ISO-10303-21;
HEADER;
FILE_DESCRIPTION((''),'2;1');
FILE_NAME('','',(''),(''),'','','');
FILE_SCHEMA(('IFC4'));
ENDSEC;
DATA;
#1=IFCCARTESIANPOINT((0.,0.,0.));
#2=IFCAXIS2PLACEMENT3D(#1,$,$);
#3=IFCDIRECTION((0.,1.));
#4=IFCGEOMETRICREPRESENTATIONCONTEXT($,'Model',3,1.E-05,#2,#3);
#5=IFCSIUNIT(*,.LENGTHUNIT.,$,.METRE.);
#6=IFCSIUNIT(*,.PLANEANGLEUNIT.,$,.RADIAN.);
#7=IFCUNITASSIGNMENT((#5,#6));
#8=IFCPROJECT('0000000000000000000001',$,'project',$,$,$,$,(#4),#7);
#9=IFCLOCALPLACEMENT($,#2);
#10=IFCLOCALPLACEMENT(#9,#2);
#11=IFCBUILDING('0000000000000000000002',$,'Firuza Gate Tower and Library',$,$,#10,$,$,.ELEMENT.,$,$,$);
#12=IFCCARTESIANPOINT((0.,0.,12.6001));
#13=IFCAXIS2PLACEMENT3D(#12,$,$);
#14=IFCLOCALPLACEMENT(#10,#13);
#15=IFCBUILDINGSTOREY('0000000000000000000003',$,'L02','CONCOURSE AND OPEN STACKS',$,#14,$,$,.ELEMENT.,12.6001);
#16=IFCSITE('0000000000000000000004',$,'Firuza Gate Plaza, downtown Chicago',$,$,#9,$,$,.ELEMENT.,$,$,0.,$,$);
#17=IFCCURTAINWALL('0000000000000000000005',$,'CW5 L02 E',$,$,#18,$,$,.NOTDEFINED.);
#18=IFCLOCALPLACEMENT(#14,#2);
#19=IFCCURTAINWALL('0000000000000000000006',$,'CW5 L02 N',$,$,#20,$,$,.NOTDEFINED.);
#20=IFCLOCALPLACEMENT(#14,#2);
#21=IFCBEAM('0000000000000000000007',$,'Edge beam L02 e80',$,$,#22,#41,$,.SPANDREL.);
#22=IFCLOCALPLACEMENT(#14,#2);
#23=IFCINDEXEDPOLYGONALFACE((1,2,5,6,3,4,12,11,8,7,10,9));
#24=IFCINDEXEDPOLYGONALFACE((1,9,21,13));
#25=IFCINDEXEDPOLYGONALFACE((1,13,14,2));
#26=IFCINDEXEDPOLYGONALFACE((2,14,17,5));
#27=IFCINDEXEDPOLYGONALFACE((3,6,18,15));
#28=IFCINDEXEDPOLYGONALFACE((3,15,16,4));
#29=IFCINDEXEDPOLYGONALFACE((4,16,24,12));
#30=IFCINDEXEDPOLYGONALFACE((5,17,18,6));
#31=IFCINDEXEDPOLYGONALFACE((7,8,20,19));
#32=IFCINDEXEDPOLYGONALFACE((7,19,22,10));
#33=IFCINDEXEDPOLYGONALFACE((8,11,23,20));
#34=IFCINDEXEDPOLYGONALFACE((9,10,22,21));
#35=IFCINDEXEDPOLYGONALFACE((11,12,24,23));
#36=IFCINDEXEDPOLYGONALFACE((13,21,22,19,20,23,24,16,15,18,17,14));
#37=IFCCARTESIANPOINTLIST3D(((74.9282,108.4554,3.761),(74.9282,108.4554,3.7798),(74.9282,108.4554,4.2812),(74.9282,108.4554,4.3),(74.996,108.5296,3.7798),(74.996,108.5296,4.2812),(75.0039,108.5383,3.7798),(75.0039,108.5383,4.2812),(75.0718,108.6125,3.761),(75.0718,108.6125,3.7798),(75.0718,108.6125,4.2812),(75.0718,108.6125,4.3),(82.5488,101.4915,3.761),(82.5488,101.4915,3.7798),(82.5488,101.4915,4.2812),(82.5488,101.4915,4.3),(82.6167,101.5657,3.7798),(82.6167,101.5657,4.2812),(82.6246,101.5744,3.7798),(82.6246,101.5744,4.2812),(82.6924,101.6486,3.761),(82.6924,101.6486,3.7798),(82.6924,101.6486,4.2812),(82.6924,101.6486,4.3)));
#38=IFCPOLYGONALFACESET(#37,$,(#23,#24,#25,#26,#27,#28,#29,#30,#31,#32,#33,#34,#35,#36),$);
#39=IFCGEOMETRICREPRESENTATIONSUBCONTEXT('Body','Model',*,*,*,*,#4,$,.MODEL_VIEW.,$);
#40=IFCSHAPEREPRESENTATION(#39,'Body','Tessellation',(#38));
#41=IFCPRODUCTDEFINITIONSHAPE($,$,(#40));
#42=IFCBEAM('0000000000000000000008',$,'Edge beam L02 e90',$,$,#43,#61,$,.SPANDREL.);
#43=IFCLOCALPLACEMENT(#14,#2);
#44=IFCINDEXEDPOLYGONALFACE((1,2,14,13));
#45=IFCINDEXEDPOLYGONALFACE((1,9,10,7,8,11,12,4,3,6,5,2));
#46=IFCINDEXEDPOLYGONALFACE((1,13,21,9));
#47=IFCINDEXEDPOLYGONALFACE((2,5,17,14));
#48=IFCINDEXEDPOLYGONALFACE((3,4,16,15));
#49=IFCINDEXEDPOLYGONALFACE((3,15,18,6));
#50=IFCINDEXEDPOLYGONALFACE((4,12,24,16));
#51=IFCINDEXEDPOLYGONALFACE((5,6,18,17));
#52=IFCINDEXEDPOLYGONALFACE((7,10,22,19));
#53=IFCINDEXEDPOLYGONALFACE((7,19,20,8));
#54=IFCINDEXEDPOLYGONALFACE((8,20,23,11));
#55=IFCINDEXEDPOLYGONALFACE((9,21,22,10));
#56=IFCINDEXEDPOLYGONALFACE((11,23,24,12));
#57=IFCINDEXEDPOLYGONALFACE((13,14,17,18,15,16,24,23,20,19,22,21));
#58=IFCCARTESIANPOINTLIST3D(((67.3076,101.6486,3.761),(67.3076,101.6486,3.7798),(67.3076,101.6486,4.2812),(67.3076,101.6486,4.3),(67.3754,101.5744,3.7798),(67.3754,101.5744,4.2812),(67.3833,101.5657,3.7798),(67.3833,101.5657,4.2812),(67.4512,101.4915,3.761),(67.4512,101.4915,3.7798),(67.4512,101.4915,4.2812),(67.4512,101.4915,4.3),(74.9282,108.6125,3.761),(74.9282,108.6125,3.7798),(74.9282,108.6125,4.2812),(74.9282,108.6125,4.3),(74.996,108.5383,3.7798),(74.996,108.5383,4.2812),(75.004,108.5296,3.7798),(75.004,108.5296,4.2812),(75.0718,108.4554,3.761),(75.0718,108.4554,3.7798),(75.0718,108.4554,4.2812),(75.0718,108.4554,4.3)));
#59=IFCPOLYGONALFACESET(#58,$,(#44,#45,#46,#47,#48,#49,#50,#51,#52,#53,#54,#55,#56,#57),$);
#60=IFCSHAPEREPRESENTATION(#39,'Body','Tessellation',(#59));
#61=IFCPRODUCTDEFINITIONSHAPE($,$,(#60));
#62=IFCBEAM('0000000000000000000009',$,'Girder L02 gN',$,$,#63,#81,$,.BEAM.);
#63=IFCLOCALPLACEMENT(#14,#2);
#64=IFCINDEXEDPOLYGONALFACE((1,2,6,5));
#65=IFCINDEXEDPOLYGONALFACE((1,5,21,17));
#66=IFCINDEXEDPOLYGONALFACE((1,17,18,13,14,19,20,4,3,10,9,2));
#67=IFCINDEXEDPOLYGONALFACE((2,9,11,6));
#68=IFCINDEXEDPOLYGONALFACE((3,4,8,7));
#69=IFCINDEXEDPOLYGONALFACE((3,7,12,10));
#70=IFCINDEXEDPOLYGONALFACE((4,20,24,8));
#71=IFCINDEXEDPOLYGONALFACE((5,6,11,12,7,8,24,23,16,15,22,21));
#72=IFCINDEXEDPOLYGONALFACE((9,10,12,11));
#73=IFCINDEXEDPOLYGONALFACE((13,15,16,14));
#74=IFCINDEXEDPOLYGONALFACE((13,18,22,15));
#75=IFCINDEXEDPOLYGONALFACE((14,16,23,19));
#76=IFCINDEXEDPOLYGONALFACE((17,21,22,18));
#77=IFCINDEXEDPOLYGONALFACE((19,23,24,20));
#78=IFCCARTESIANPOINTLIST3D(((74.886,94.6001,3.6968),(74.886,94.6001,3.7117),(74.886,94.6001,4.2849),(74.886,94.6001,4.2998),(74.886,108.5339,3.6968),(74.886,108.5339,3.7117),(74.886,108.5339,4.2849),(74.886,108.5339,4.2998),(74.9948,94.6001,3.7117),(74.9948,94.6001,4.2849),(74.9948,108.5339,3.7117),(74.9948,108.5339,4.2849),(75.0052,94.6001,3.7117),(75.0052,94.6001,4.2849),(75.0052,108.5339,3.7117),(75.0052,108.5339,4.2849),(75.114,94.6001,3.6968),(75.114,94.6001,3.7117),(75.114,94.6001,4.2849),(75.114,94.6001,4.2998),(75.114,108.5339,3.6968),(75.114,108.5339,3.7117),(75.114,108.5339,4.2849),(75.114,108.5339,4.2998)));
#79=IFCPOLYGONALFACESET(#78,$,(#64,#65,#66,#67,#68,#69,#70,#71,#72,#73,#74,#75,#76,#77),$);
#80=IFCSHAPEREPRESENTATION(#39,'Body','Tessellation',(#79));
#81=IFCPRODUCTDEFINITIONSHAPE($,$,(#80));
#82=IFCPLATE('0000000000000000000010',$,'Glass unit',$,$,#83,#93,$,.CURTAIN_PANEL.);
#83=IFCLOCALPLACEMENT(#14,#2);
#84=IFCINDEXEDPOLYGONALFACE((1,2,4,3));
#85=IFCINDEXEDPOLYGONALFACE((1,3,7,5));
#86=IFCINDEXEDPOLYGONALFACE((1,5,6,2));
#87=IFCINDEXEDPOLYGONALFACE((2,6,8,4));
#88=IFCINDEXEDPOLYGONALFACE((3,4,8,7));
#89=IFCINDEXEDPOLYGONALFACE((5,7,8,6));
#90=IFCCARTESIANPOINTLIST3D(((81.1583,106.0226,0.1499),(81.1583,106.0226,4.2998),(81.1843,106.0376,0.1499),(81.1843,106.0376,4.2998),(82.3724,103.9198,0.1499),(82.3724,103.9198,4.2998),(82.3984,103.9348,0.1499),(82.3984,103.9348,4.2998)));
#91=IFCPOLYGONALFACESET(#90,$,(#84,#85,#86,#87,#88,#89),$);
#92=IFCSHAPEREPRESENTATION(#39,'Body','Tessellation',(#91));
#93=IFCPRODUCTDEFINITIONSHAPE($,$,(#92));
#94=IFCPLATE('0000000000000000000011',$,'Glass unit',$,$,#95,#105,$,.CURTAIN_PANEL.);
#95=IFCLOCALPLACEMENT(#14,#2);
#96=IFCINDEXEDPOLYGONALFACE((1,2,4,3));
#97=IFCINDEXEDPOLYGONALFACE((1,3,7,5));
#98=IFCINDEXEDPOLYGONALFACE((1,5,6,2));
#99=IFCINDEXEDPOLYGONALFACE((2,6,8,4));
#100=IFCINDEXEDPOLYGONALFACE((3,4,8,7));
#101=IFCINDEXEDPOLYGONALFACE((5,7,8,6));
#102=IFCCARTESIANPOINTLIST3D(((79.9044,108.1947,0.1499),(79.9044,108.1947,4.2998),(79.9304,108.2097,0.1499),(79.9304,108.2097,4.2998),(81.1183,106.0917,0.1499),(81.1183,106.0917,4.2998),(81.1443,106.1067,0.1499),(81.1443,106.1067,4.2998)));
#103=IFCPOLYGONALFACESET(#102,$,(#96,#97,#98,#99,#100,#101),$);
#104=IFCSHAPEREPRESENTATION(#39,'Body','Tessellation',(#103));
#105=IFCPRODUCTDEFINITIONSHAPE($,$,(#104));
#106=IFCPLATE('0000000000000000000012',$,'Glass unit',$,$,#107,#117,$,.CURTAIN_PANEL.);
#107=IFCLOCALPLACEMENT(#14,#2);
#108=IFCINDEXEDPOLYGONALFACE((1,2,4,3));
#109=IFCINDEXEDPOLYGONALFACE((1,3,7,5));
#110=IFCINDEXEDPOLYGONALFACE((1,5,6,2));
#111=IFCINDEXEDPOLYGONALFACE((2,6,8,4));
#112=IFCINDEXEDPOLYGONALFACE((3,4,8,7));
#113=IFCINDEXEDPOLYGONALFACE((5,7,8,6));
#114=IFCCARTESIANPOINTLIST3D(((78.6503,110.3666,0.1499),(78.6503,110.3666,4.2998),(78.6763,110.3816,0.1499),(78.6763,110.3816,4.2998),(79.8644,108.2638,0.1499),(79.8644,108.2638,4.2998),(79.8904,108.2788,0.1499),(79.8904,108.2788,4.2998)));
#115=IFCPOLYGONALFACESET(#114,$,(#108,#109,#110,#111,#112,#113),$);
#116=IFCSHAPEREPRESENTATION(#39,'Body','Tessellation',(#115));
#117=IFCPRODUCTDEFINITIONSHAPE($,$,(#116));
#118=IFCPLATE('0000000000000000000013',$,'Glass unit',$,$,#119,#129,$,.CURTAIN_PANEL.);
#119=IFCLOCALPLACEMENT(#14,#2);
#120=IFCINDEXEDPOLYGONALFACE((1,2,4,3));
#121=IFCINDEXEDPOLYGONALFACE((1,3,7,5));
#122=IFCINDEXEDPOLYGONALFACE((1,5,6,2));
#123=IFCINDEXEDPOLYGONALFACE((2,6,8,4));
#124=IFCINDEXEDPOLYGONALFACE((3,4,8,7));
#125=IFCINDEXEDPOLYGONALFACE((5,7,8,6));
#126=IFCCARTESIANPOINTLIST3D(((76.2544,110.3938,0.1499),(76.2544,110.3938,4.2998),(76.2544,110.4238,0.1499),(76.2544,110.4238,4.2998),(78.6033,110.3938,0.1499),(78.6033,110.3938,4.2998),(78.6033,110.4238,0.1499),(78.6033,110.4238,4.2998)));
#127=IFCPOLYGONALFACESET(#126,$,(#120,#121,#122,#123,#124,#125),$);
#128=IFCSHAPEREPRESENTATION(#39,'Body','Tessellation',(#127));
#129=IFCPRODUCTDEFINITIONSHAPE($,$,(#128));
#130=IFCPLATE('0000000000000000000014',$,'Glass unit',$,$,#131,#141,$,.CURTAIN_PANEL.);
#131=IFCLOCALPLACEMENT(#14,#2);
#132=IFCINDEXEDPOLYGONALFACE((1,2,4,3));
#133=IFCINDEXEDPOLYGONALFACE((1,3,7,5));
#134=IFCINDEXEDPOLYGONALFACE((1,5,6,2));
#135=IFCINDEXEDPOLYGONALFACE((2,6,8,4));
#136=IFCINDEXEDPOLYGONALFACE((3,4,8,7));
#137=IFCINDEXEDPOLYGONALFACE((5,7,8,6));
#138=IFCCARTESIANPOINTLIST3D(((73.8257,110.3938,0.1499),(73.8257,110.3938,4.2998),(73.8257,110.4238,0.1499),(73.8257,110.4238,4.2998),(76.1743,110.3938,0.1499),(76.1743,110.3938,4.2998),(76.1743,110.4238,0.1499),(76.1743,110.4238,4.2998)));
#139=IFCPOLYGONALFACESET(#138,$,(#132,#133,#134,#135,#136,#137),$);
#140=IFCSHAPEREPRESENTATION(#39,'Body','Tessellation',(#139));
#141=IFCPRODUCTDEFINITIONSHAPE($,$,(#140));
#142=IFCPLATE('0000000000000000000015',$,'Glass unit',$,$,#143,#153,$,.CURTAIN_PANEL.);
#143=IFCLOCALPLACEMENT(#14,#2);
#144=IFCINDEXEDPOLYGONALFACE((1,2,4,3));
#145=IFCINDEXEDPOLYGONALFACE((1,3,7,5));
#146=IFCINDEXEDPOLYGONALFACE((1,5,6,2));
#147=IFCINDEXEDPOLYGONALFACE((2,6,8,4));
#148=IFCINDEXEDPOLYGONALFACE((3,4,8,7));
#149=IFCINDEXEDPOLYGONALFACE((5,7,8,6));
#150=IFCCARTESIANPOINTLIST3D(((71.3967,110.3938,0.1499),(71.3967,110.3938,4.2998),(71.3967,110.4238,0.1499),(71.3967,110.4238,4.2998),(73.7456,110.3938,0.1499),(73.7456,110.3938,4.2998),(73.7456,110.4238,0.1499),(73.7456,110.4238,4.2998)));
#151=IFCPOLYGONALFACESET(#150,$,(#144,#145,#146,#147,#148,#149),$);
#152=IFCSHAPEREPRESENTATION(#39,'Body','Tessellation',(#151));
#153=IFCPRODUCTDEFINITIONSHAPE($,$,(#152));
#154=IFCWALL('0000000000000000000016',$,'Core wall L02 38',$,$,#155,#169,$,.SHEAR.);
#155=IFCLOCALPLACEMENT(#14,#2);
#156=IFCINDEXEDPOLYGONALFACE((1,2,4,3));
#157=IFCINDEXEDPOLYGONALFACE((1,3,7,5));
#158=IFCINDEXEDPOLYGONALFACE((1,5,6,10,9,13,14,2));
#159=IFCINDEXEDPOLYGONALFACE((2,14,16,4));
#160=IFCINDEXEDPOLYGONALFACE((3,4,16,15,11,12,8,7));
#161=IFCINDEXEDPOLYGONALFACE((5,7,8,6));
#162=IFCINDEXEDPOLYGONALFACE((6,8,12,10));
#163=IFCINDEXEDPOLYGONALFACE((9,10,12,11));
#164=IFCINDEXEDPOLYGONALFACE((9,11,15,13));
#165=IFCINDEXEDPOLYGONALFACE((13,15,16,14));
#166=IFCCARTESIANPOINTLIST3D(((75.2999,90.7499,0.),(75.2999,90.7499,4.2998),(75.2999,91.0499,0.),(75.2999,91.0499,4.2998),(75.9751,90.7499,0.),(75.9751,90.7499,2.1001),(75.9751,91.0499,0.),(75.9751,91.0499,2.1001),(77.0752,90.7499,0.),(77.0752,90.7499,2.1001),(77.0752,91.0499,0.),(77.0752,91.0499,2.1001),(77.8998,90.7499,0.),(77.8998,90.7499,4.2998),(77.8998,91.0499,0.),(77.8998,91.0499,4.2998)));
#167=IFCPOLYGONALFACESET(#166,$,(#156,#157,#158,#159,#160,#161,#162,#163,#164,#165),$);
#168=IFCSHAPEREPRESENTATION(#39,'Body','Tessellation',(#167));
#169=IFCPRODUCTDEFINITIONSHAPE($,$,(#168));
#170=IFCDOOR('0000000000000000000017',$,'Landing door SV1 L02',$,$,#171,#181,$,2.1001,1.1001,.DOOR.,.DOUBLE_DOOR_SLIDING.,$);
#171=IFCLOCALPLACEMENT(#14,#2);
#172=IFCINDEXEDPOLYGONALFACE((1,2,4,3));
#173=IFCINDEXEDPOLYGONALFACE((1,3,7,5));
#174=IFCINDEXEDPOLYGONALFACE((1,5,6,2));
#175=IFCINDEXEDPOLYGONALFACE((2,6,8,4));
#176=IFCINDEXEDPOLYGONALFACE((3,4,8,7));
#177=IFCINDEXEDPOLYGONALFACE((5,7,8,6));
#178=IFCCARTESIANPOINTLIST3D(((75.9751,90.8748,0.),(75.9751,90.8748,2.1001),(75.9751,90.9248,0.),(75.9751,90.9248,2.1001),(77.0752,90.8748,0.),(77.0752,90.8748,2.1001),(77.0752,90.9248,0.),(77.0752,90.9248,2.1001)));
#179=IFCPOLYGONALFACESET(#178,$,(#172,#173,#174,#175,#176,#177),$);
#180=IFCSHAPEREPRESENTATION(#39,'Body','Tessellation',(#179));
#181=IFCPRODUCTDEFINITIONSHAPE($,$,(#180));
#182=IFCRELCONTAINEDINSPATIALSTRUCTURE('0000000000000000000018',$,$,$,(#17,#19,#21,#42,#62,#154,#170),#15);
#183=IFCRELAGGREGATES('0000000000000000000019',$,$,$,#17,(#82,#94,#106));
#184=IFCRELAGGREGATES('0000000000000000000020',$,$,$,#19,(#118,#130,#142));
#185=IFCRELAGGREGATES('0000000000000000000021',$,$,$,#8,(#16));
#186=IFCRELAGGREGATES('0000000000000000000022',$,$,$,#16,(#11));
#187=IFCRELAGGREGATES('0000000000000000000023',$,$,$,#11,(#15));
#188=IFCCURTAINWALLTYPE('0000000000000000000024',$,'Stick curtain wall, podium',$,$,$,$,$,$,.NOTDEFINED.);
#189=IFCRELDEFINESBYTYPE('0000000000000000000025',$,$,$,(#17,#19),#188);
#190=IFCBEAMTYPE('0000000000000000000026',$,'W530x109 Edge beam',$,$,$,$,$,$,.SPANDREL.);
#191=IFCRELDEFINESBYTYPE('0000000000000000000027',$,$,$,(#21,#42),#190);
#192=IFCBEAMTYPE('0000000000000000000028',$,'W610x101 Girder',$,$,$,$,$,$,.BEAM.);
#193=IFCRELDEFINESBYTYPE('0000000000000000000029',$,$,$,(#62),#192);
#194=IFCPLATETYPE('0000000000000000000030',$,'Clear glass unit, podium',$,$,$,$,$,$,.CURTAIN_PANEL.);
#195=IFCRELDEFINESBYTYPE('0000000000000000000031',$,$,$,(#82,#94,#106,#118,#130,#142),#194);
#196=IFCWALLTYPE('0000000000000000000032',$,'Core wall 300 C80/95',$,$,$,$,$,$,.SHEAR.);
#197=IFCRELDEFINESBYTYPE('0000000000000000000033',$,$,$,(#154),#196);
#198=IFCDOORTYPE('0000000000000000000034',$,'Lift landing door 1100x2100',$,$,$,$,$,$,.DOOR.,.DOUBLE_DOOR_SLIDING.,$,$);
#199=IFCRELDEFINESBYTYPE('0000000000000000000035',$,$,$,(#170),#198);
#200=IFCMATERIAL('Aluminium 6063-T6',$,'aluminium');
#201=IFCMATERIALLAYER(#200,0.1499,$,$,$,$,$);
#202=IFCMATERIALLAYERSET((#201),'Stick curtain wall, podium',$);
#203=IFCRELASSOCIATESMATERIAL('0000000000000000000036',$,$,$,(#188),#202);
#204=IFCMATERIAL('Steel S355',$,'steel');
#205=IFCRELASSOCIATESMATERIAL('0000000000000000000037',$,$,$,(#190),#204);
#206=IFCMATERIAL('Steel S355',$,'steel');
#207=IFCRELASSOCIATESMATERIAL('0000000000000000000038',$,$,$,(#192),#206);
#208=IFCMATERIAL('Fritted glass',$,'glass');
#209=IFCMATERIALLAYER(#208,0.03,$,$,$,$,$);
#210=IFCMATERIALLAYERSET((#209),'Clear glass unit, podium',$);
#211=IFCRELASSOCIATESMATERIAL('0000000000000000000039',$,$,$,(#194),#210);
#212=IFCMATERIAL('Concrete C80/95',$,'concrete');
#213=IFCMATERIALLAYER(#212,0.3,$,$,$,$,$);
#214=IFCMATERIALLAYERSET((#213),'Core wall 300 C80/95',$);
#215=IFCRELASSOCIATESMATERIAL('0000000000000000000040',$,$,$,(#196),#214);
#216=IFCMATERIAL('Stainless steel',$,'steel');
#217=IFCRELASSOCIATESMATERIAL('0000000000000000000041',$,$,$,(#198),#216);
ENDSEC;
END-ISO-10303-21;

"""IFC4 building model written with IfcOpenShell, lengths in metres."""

from ifc_helpers import new_model, si_unit, direction, frame, frame_2d, origin, origin_2d, place, context, subcontext, project, spatial, polyline, rectangle, i_section, outline, extrude, material, layer, layer_set, material_profile, profile_set, type_object, element, fill, aggregate, save


model = new_model("IFC4")

# Units and contexts
model_context = context("Model", 3, precision=1e-05, world=origin(), true_north=direction((0.0, 1.0)))
body_context = subcontext(model_context, "Body", "Model", "MODEL_VIEW")
ifc_project = project(units=[si_unit("LENGTHUNIT", "METRE"), si_unit("PLANEANGLEUNIT", "RADIAN")], contexts=[model_context])

# Site, building, storey
site_placement = place(None, origin())
site = spatial("IfcSite", under=ifc_project, at=site_placement, Name="Firuza Gate Plaza, downtown Chicago", CompositionType="ELEMENT", RefElevation=0.0)
building_placement = place(site_placement, origin())
building = spatial("IfcBuilding", under=site, at=building_placement, Name="Firuza Gate Tower and Library", CompositionType="ELEMENT")
storey_placement = place(building_placement, frame((0.0, 0.0, 12.6001)))
storey = spatial("IfcBuildingStorey", under=building, at=storey_placement, Name="L02", Description="CONCOURSE AND OPEN STACKS", CompositionType="ELEMENT", Elevation=12.6001)

# Curtain walls
ifc_material_1 = material(Name="Aluminium 6063-T6", Category="aluminium")
ifc_layer_1 = layer(ifc_material_1, 0.1499)
ifc_layer_set_1 = layer_set([ifc_layer_1], Name="Stick curtain wall, podium")
curtain_wall_type = type_object("IfcCurtainWallType", Name="Stick curtain wall, podium", PredefinedType="NOTDEFINED", material=ifc_layer_set_1)
placement = place(storey_placement, origin())
curtain_wall_1 = element("IfcCurtainWall", 1, at=placement, inside=storey, type_object=curtain_wall_type, Name="CW5 L02 E", PredefinedType="NOTDEFINED")
curtain_wall_2 = element("IfcCurtainWall", 2, at=placement, inside=storey, type_object=curtain_wall_type, Name="CW5 L02 N", PredefinedType="NOTDEFINED")

# Beams
ifc_material_2 = material(Name="Steel S355", Category="steel")
ifc_material_profile_1 = material_profile(ifc_material_2, i_section(OverallWidth=0.2129, OverallDepth=0.5391, WebThickness=0.0117, FlangeThickness=0.0188, at=origin_2d()))
ifc_profile_set_1 = profile_set([ifc_material_profile_1], Name="Steel S355")
beam_type_1 = type_object("IfcBeamType", Name="W530x109 Edge beam", PredefinedType="SPANDREL", material=ifc_profile_set_1)
for number, where, z_axis, x_axis, name in (
    (3, (82.6206, 101.5701, 4.0305), (-0.7382, 0.674582, 0.0), (-0.674582, -0.7382, 0.0), "Edge beam L02 e80"),
    (4, (75.0, 108.5339, 4.0305), (-0.7382, -0.674582, 0.0), (0.674582, -0.7382, 0.0), "Edge beam L02 e90"),
):
    element("IfcBeam", number, at=place(storey_placement, frame(where, z_axis=z_axis, x_axis=x_axis)), inside=storey, type_object=beam_type_1, Name=name, PredefinedType="SPANDREL", context=body_context, shape_type="SweptSolid", body=[
        extrude(i_section(OverallWidth=0.2129, OverallDepth=0.5391, WebThickness=0.0117, FlangeThickness=0.0188, at=origin_2d()), origin(), (0.0, 0.0, 1.0), 10.3232),
    ])
ifc_material_3 = material(Name="Steel S355", Category="steel")
ifc_material_profile_2 = material_profile(ifc_material_3, i_section(OverallWidth=0.228, OverallDepth=0.603, WebThickness=0.0105, FlangeThickness=0.0149, at=origin_2d()))
ifc_profile_set_2 = profile_set([ifc_material_profile_2], Name="Steel S355")
beam_type_2 = type_object("IfcBeamType", Name="W610x101 Girder", PredefinedType="BEAM", material=ifc_profile_set_2)
beam_1_placement = place(storey_placement, frame((75.0, 108.5339, 3.9983), z_axis=(0.0, -1.0, 0.0), x_axis=(1.0, 0.0, 0.0)))
element("IfcBeam", 5, at=beam_1_placement, inside=storey, type_object=beam_type_2, Name="Girder L02 gN", PredefinedType="BEAM", context=body_context, shape_type="SweptSolid", body=[
    extrude(i_section(OverallWidth=0.228, OverallDepth=0.603, WebThickness=0.0105, FlangeThickness=0.0149, at=origin_2d()), origin(), (0.0, 0.0, 1.0), 13.9338),
])

# Plates
ifc_material_4 = material(Name="Fritted glass", Category="glass")
ifc_layer_2 = layer(ifc_material_4, 0.03)
ifc_layer_set_2 = layer_set([ifc_layer_2], Name="Clear glass unit, podium")
plate_type = type_object("IfcPlateType", Name="Clear glass unit, podium", PredefinedType="CURTAIN_PANEL", material=ifc_layer_set_2)
plate_1_placement = place(storey_placement, frame((82.3984, 103.9348, 0.1499), z_axis=(0.866013, 0.500021, 0.0), x_axis=(-0.500021, 0.866013, 0.0)))
plate_1 = element("IfcPlate", 6, at=plate_1_placement, type_object=plate_type, Name="Glass unit", PredefinedType="CURTAIN_PANEL", context=body_context, shape_type="SweptSolid", body=[
    extrude(outline(polyline([(0.0, 0.0), (2.4281, 0.0), (2.4281, 4.1499), (0.0, 4.1499), (0.0, 0.0)])), origin(), (0.0, 0.0, -1.0), 0.03),
])
plate_2_placement = place(storey_placement, frame((81.1443, 106.1067, 0.1499), z_axis=(0.866082, 0.499902, 0.0), x_axis=(-0.499902, 0.866082, 0.0)))
plate_2 = element("IfcPlate", 7, at=plate_2_placement, type_object=plate_type, Name="Glass unit", PredefinedType="CURTAIN_PANEL", context=body_context, shape_type="SweptSolid", body=[
    extrude(outline(polyline([(0.0, 0.0), (2.4282, 0.0), (2.4282, 4.1499), (0.0, 4.1499), (0.0, 0.0)])), origin(), (0.0, 0.0, -1.0), 0.03),
])
plate_3_placement = place(storey_placement, frame((79.8904, 108.2788, 0.1499), z_axis=(0.866013, 0.500021, 0.0), x_axis=(-0.500021, 0.866013, 0.0)))
plate_3 = element("IfcPlate", 8, at=plate_3_placement, type_object=plate_type, Name="Glass unit", PredefinedType="CURTAIN_PANEL", context=body_context, shape_type="SweptSolid", body=[
    extrude(outline(polyline([(0.0, 0.0), (2.4281, 0.0), (2.4281, 4.1499), (0.0, 4.1499), (0.0, 0.0)])), origin(), (0.0, 0.0, -1.0), 0.03),
])
aggregate(curtain_wall_1, [plate_1, plate_2, plate_3])
plate_4_placement = place(storey_placement, frame((78.6033, 110.4238, 0.1499), z_axis=(0.0, 1.0, 0.0), x_axis=(-1.0, 0.0, 0.0)))
plate_4 = element("IfcPlate", 9, at=plate_4_placement, type_object=plate_type, Name="Glass unit", PredefinedType="CURTAIN_PANEL", context=body_context, shape_type="SweptSolid", body=[
    extrude(outline(polyline([(0.0, 0.0), (2.3489, 0.0), (2.3489, 4.1499), (0.0, 4.1499), (0.0, 0.0)])), origin(), (0.0, 0.0, -1.0), 0.03),
])
plate_5_placement = place(storey_placement, frame((76.1743, 110.4238, 0.1499), z_axis=(0.0, 1.0, 0.0), x_axis=(-1.0, 0.0, 0.0)))
plate_5 = element("IfcPlate", 10, at=plate_5_placement, type_object=plate_type, Name="Glass unit", PredefinedType="CURTAIN_PANEL", context=body_context, shape_type="SweptSolid", body=[
    extrude(outline(polyline([(0.0, 0.0), (2.3486, 0.0), (2.3486, 4.1499), (0.0, 4.1499), (0.0, 0.0)])), origin(), (0.0, 0.0, -1.0), 0.03),
])
plate_6_placement = place(storey_placement, frame((73.7456, 110.4238, 0.1499), z_axis=(0.0, 1.0, 0.0), x_axis=(-1.0, 0.0, 0.0)))
plate_6 = element("IfcPlate", 11, at=plate_6_placement, type_object=plate_type, Name="Glass unit", PredefinedType="CURTAIN_PANEL", context=body_context, shape_type="SweptSolid", body=[
    extrude(outline(polyline([(0.0, 0.0), (2.3489, 0.0), (2.3489, 4.1499), (0.0, 4.1499), (0.0, 0.0)])), origin(), (0.0, 0.0, -1.0), 0.03),
])
aggregate(curtain_wall_2, [plate_4, plate_5, plate_6])

# Wall, opening, door
ifc_material_5 = material(Name="Concrete C80/95", Category="concrete")
ifc_layer_3 = layer(ifc_material_5, 0.3)
ifc_layer_set_3 = layer_set([ifc_layer_3], Name="Core wall 300 C80/95")
wall_type_1 = type_object("IfcWallType", Name="Core wall 300 C80/95", PredefinedType="SHEAR", material=ifc_layer_set_3)
wall_1_placement = place(storey_placement, frame((75.3, 90.8999, 0.0), z_axis=(0.0, 0.0, 1.0), x_axis=(1.0, 0.0, 0.0)))
wall_1 = element("IfcWall", 12, at=wall_1_placement, inside=storey, type_object=wall_type_1, Name="Core wall L02 38", PredefinedType="SHEAR", context=body_context, shape_type="SweptSolid", body=[
    extrude(rectangle(XDim=2.5999, YDim=0.3, at=frame_2d((1.2998, 0.0))), origin(), (0.0, 0.0, 1.0), 4.2998),
])
opening_placement = place(wall_1_placement, frame((0.675, 0.0, 0.0)))
opening = element("IfcOpeningElement", 13, at=opening_placement, cuts=wall_1, PredefinedType="OPENING", context=body_context, shape_type="SweptSolid", body=[
    extrude(rectangle(XDim=1.1001, YDim=2.1001, at=frame_2d((0.55, 1.05))), frame((0.0, 0.1602, 0.0), z_axis=(0.0, -1.0, 0.0), x_axis=(1.0, 0.0, 0.0)), (0.0, 0.0, 1.0), 0.3201),
])
ifc_material_6 = material(Name="Stainless steel", Category="steel")
door_type = type_object("IfcDoorType", Name="Lift landing door 1100x2100", OperationType="DOUBLE_DOOR_SLIDING", PredefinedType="DOOR", material=ifc_material_6)
door_placement = place(opening_placement, origin())
door = element("IfcDoor", 14, at=door_placement, inside=storey, type_object=door_type, Name="Landing door SV1 L02", OperationType="DOUBLE_DOOR_SLIDING", OverallHeight=2.1001, OverallWidth=1.1001, PredefinedType="DOOR", context=body_context, shape_type="SweptSolid", body=[
    extrude(rectangle(XDim=1.1001, YDim=2.1001, at=frame_2d((0.55, 1.05))), frame((0.0, 0.0249, 0.0), z_axis=(0.0, -1.0, 0.0), x_axis=(1.0, 0.0, 0.0)), (0.0, 0.0, 1.0), 0.05),
])
fill(opening, door)

save(model, "model.ifc")
